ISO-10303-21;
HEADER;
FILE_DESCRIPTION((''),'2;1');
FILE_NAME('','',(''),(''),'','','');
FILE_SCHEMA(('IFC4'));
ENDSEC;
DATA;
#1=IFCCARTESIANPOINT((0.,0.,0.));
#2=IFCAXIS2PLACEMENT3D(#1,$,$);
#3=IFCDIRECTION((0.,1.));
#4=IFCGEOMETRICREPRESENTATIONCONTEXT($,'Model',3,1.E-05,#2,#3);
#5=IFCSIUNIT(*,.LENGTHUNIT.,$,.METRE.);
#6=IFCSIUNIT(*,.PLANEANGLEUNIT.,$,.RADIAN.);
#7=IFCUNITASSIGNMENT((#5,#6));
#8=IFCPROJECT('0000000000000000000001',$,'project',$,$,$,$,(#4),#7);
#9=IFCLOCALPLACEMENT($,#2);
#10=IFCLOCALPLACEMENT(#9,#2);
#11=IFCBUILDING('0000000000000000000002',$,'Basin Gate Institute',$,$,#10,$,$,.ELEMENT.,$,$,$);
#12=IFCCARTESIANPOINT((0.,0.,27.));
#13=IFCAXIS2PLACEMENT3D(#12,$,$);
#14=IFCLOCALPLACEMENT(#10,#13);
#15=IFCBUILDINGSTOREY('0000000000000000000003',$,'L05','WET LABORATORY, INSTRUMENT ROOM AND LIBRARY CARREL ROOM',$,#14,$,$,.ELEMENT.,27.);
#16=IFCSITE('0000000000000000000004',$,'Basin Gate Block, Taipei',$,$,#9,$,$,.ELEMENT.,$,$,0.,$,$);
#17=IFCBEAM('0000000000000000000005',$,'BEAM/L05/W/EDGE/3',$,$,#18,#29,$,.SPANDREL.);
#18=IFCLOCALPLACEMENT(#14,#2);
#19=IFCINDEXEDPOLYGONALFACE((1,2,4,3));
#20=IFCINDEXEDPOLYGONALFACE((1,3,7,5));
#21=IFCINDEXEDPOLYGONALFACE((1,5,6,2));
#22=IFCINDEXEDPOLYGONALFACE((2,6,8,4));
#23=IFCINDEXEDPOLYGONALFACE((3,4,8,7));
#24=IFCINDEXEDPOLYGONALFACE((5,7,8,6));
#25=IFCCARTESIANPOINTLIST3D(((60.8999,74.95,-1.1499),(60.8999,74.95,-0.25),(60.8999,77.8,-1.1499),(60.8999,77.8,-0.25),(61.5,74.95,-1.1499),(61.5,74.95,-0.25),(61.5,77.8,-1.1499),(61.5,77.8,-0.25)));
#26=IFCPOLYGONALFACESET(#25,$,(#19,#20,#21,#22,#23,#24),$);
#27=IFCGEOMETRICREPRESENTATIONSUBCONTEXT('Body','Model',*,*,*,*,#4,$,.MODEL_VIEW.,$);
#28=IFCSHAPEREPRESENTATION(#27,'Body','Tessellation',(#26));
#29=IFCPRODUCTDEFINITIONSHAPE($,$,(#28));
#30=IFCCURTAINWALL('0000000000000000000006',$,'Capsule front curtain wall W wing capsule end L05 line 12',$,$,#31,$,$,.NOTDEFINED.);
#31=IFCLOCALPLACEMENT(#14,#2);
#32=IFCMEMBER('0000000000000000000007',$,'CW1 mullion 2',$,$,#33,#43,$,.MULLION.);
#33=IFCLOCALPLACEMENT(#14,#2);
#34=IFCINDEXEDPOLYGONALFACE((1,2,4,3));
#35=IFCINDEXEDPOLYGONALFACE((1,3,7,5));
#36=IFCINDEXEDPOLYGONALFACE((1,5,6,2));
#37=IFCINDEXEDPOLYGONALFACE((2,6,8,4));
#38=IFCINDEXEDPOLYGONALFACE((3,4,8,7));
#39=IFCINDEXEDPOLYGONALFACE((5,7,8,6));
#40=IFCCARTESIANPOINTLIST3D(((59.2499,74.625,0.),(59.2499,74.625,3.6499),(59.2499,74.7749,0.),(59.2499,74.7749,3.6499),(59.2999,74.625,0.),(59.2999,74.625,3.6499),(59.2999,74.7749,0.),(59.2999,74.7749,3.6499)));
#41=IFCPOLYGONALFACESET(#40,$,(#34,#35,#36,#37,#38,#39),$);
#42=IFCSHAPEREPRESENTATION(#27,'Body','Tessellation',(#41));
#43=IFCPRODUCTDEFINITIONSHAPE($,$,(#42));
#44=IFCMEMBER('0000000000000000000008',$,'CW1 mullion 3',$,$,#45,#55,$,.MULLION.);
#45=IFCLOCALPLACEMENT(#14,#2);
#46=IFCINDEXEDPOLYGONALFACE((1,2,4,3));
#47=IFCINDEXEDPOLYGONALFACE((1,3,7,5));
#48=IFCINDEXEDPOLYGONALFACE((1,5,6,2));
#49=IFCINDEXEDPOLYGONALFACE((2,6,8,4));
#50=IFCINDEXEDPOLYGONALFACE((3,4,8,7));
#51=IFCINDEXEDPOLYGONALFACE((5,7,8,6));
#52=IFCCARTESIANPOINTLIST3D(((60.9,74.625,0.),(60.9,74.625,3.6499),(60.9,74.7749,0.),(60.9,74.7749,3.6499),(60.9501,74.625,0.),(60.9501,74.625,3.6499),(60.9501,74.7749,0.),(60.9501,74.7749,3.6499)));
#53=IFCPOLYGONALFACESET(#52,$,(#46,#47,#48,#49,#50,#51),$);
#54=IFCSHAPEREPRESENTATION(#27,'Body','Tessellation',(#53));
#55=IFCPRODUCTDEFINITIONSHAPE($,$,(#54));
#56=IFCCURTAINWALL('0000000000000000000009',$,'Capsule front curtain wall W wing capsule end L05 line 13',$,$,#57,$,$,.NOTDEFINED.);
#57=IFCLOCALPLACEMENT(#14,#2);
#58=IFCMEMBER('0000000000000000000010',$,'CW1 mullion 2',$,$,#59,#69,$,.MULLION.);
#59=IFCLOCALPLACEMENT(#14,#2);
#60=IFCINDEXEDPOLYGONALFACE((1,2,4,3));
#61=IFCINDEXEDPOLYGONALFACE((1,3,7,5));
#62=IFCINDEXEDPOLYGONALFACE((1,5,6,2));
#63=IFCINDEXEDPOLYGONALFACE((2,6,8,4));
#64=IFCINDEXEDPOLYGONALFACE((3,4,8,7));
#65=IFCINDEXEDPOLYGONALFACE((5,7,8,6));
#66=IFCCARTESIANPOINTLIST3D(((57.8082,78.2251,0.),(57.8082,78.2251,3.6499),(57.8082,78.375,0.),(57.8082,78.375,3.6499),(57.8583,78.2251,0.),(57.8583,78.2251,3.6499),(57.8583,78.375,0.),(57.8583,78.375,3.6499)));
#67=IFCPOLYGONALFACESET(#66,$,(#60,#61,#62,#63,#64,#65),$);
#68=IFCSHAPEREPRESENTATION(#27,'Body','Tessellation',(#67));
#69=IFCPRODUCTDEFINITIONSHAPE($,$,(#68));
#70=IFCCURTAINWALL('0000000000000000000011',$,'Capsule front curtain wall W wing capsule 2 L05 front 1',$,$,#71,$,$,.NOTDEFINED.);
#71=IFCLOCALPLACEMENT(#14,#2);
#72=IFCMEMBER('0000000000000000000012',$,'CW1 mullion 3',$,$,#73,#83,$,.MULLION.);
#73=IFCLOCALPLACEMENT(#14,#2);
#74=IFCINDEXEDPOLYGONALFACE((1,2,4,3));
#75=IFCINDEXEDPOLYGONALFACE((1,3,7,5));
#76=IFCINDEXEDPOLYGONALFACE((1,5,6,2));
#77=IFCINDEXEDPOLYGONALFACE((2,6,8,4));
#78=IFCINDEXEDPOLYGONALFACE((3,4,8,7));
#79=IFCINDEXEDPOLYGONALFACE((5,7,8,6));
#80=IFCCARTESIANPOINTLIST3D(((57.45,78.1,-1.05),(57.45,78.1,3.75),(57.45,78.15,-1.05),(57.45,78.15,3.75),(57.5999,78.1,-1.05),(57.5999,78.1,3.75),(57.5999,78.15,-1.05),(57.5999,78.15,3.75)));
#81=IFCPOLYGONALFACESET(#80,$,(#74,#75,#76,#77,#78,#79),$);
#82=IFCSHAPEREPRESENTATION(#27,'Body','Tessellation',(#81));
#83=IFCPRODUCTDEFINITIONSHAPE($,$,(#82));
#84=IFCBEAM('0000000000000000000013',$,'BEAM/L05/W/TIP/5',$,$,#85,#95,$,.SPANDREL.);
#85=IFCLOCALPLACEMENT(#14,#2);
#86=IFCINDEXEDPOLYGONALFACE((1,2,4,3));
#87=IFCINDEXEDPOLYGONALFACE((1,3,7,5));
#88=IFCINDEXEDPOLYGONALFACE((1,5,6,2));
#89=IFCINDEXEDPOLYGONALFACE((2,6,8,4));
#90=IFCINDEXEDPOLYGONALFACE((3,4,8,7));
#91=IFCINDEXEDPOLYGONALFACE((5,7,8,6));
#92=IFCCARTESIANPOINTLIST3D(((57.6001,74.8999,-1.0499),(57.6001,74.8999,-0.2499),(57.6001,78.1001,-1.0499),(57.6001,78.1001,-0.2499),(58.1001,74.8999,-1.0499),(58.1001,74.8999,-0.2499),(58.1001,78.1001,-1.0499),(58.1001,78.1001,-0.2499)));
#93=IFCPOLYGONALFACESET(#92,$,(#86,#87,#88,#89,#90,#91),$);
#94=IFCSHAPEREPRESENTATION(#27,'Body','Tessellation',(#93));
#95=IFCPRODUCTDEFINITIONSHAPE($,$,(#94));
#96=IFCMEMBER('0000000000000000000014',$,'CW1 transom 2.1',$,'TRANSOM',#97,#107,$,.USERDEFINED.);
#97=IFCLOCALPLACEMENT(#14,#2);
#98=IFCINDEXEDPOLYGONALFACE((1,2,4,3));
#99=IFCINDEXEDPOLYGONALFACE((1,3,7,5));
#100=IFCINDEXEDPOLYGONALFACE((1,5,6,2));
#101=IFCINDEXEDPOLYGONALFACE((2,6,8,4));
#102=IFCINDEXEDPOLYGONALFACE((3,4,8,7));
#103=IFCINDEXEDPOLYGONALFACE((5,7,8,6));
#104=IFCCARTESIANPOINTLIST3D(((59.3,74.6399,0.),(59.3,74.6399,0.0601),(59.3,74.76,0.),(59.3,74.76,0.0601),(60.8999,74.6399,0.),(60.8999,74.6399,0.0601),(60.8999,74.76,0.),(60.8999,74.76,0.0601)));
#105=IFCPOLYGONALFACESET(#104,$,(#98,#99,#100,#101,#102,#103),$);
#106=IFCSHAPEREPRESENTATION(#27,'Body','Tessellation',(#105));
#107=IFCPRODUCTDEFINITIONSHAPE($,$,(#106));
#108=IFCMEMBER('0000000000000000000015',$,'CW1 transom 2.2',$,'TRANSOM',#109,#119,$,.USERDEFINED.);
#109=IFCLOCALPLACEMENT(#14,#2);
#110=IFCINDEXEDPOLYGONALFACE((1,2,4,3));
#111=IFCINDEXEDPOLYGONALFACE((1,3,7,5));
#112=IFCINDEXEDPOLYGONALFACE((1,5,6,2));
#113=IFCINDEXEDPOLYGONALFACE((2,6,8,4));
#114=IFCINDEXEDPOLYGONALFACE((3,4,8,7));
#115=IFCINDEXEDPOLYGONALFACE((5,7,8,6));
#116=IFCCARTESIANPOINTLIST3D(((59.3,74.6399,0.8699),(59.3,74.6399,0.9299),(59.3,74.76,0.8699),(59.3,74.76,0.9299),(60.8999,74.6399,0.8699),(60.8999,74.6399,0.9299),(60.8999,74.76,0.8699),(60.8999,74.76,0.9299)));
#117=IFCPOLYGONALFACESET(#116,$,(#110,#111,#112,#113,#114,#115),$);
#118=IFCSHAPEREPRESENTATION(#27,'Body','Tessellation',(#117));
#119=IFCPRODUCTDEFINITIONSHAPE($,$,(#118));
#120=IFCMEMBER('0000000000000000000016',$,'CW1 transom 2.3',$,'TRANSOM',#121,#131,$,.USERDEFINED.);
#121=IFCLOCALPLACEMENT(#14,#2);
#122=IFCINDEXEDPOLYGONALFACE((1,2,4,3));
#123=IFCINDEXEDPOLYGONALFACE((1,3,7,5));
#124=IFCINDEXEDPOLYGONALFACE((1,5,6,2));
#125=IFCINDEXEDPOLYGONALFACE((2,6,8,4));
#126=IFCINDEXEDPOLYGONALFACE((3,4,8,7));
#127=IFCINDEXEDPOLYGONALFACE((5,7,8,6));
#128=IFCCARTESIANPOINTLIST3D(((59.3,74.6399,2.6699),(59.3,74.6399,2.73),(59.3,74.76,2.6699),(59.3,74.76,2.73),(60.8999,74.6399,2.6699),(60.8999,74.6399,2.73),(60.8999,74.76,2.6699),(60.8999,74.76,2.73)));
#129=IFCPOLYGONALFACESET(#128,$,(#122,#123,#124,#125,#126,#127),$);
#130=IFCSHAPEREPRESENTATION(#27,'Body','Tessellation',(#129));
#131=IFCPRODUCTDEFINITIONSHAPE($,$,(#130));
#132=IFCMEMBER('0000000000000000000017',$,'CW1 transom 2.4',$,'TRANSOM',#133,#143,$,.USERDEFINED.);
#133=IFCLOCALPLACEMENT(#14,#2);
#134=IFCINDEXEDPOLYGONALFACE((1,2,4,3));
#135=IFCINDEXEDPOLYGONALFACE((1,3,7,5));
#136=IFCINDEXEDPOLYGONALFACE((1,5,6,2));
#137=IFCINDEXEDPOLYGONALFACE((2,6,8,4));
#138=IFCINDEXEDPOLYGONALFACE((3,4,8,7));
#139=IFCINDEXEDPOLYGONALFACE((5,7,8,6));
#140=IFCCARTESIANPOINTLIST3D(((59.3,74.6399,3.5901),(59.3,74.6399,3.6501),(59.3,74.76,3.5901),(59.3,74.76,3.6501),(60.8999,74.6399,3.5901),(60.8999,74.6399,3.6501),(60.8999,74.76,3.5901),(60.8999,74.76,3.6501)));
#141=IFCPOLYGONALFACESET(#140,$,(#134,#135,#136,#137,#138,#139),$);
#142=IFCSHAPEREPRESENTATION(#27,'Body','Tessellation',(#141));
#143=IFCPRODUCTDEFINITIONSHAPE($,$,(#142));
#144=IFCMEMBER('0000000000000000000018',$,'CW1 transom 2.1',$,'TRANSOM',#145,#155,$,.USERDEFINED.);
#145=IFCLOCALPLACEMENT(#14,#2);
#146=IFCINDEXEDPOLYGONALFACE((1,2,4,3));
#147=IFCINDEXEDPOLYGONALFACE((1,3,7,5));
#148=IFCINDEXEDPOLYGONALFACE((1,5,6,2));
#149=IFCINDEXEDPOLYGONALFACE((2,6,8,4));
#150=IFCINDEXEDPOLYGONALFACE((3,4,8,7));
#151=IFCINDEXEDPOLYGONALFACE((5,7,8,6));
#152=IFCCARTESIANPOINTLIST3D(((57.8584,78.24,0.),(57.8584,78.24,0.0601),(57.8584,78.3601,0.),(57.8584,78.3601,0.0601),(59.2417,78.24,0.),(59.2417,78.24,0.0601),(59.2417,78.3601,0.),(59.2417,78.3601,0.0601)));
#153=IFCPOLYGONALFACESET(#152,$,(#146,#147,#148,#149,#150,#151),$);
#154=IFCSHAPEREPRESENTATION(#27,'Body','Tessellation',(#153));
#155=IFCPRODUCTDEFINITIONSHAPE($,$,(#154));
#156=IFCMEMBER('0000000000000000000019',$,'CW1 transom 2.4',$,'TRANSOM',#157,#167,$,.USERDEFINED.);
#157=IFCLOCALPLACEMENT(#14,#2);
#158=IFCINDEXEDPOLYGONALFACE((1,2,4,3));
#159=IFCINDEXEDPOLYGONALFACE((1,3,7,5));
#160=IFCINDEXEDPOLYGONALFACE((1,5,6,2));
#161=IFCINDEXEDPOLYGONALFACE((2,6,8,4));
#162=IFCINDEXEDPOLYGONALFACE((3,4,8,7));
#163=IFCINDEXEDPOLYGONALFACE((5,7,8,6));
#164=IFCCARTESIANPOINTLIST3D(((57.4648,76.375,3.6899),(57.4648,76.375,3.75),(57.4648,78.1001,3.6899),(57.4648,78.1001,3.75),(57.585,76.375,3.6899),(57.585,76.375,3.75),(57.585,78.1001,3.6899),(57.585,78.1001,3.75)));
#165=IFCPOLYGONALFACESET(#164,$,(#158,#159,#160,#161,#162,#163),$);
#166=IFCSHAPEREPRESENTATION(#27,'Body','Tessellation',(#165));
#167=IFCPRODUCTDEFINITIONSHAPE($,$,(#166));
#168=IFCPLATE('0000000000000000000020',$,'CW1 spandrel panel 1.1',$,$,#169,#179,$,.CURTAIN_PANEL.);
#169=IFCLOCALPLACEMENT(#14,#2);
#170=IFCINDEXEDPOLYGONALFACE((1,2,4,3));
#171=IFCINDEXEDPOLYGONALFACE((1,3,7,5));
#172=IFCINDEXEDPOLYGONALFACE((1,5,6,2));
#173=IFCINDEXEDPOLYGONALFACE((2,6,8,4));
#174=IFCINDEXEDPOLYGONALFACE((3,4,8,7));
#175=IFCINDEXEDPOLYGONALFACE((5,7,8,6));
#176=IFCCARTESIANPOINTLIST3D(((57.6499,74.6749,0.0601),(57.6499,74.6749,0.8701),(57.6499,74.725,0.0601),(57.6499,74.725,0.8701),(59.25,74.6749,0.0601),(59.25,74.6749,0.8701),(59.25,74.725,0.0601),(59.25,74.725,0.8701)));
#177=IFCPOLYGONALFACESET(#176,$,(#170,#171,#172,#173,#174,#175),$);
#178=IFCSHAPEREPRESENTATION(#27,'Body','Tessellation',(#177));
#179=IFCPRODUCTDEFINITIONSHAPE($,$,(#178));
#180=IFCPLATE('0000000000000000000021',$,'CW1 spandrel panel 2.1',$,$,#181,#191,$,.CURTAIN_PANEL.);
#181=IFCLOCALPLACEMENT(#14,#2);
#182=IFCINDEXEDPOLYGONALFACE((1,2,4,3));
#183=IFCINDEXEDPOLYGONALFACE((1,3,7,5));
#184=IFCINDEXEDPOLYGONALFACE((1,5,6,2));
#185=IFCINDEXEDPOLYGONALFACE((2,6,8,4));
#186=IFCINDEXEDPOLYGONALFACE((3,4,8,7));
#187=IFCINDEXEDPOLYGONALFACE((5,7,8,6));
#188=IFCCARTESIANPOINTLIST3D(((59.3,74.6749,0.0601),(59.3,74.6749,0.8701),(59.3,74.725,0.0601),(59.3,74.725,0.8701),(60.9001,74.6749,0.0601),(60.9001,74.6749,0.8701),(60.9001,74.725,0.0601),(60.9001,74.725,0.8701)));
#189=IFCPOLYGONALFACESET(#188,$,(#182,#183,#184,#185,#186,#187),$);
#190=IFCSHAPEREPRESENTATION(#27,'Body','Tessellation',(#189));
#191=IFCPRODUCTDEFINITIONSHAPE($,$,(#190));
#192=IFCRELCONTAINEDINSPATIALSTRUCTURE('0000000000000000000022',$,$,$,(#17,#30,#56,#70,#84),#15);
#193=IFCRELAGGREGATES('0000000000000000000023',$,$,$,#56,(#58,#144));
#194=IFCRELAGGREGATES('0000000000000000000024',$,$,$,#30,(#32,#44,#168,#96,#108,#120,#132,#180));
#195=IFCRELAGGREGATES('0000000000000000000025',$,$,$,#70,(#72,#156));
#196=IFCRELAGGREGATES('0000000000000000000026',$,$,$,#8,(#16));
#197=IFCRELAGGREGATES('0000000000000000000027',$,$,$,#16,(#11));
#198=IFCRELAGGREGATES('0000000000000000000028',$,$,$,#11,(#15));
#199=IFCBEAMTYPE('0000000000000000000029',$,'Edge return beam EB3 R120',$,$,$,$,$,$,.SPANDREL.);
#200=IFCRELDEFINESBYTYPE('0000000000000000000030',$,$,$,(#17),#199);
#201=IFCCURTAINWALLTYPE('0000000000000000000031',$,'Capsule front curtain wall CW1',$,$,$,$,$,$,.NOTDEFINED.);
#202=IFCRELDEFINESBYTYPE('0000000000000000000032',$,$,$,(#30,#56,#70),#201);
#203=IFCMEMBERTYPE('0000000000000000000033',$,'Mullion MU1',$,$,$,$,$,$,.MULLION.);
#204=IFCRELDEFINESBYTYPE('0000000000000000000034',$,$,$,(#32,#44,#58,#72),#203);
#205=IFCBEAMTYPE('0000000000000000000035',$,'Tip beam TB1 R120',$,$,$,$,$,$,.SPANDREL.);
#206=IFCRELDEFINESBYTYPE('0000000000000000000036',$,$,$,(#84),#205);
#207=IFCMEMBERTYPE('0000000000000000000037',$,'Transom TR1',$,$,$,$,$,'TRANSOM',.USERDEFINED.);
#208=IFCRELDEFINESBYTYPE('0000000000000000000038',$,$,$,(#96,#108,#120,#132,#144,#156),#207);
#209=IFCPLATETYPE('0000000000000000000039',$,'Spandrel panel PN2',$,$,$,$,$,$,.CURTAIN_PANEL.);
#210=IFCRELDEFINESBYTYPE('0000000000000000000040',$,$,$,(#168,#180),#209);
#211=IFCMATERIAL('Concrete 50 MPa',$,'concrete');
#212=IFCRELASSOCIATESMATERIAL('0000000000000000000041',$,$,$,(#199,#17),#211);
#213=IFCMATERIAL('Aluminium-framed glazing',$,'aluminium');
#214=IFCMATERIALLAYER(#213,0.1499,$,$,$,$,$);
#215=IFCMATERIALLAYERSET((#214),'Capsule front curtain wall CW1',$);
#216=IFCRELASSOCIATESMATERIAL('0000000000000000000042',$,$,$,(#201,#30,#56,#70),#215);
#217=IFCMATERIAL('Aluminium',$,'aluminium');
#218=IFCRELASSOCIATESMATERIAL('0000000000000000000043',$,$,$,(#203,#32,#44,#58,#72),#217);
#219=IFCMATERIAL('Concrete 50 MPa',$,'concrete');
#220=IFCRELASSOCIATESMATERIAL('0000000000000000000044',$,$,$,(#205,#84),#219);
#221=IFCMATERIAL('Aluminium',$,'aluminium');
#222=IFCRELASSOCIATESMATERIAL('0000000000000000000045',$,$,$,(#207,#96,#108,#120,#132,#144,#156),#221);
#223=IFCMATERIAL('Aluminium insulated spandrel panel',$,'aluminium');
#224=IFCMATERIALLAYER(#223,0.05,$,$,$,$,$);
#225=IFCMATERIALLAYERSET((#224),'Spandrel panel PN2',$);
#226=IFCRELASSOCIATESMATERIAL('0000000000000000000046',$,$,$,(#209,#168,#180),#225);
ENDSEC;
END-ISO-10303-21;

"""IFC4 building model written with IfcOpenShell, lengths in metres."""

from ifc_helpers import new_model, si_unit, direction, frame, origin, origin_2d, place, context, subcontext, project, spatial, rectangle, extrude, material, layer, layer_set, material_profile, profile_set, type_object, element, aggregate, save


model = new_model("IFC4")

# Units and contexts
model_context = context("Model", 3, precision=1e-05, world=origin(), true_north=direction((0.0, 1.0)))
body_context = subcontext(model_context, "Body", "Model", "MODEL_VIEW")
ifc_project = project(units=[si_unit("LENGTHUNIT", "METRE"), si_unit("PLANEANGLEUNIT", "RADIAN")], contexts=[model_context])

# Site, building, storey
site_placement = place(None, origin())
site = spatial("IfcSite", under=ifc_project, at=site_placement, Name="Basin Gate Block, Taipei", CompositionType="ELEMENT", RefElevation=0.0)
building_placement = place(site_placement, origin())
building = spatial("IfcBuilding", under=site, at=building_placement, Name="Basin Gate Institute", CompositionType="ELEMENT")
storey_placement = place(building_placement, frame((0.0, 0.0, 27.0)))
storey = spatial("IfcBuildingStorey", under=building, at=storey_placement, Name="L05", Description="WET LABORATORY, INSTRUMENT ROOM AND LIBRARY CARREL ROOM", CompositionType="ELEMENT", Elevation=27.0)

# Beam
ifc_material_1 = material(Name="Concrete 50 MPa", Category="concrete")
ifc_material_profile_1 = material_profile(ifc_material_1, rectangle(XDim=0.6001, YDim=0.8999, at=origin_2d()), Name="Edge return beam EB3 600 x 900")
ifc_profile_set_1 = profile_set([ifc_material_profile_1], Name="Concrete 50 MPa")
beam_type_1 = type_object("IfcBeamType", Name="Edge return beam EB3 R120", PredefinedType="SPANDREL", material=ifc_profile_set_1)
beam_1_placement = place(storey_placement, frame((61.2, 74.95, -0.7), z_axis=(0.0, 1.0, 0.0), x_axis=(-1.0, 0.0, 0.0)))
element("IfcBeam", 1, at=beam_1_placement, inside=storey, type_object=beam_type_1, material=ifc_profile_set_1, Name="BEAM/L05/W/EDGE/3", PredefinedType="SPANDREL", context=body_context, shape_type="SweptSolid", body=[
    extrude(rectangle(XDim=0.6001, YDim=0.8999, at=origin_2d()), origin(), (0.0, 0.0, 1.0), 2.8501),
])

# Curtain wall, members
ifc_material_2 = material(Name="Aluminium-framed glazing", Category="aluminium")
ifc_layer_1 = layer(ifc_material_2, 0.1499)
ifc_layer_set_1 = layer_set([ifc_layer_1], Name="Capsule front curtain wall CW1")
curtain_wall_type = type_object("IfcCurtainWallType", Name="Capsule front curtain wall CW1", PredefinedType="NOTDEFINED", material=ifc_layer_set_1)
curtain_wall_1_placement = place(storey_placement, origin())
curtain_wall_1 = element("IfcCurtainWall", 2, at=curtain_wall_1_placement, inside=storey, type_object=curtain_wall_type, material=ifc_layer_set_1, Name="Capsule front curtain wall W wing capsule end L05 line 12", PredefinedType="NOTDEFINED")
ifc_material_3 = material(Name="Aluminium", Category="aluminium")
ifc_material_profile_2 = material_profile(ifc_material_3, rectangle(XDim=0.1499, YDim=0.05, at=origin_2d()), Name="Mullion MU1 150 x 50")
ifc_profile_set_2 = profile_set([ifc_material_profile_2], Name="Aluminium")
member_type_1 = type_object("IfcMemberType", Name="Mullion MU1", PredefinedType="MULLION", material=ifc_profile_set_2)
member_1_placement = place(storey_placement, frame((59.2749, 74.7, 0.0), z_axis=(0.0, 0.0, 1.0), x_axis=(0.0, 1.0, 0.0)))
member_1 = element("IfcMember", 3, at=member_1_placement, type_object=member_type_1, material=ifc_profile_set_2, Name="CW1 mullion 2", PredefinedType="MULLION", context=body_context, shape_type="SweptSolid", body=[
    extrude(rectangle(XDim=0.1499, YDim=0.05, at=origin_2d()), origin(), (0.0, 0.0, 1.0), 3.6499),
])
member_2_placement = place(storey_placement, frame((60.925, 74.7, 0.0), z_axis=(0.0, 0.0, 1.0), x_axis=(0.0, 1.0, 0.0)))
member_2 = element("IfcMember", 4, at=member_2_placement, type_object=member_type_1, material=ifc_profile_set_2, Name="CW1 mullion 3", PredefinedType="MULLION", context=body_context, shape_type="SweptSolid", body=[
    extrude(rectangle(XDim=0.1499, YDim=0.05, at=origin_2d()), origin(), (0.0, 0.0, 1.0), 3.6499),
])

# Curtain walls, members
curtain_wall_2_placement = place(storey_placement, origin())
curtain_wall_2 = element("IfcCurtainWall", 5, at=curtain_wall_2_placement, inside=storey, type_object=curtain_wall_type, material=ifc_layer_set_1, Name="Capsule front curtain wall W wing capsule end L05 line 13", PredefinedType="NOTDEFINED")
member_3_placement = place(storey_placement, frame((57.8333, 78.3, 0.0), z_axis=(0.0, 0.0, 1.0), x_axis=(0.0, 1.0, 0.0)))
member_3 = element("IfcMember", 6, at=member_3_placement, type_object=member_type_1, material=ifc_profile_set_2, Name="CW1 mullion 2", PredefinedType="MULLION", context=body_context, shape_type="SweptSolid", body=[
    extrude(rectangle(XDim=0.1499, YDim=0.05, at=origin_2d()), origin(), (0.0, 0.0, 1.0), 3.6499),
])
curtain_wall_3_placement = place(storey_placement, origin())
curtain_wall_3 = element("IfcCurtainWall", 7, at=curtain_wall_3_placement, inside=storey, type_object=curtain_wall_type, material=ifc_layer_set_1, Name="Capsule front curtain wall W wing capsule 2 L05 front 1", PredefinedType="NOTDEFINED")
member_4_placement = place(storey_placement, frame((57.5249, 78.125, -1.05), z_axis=(0.0, 0.0, 1.0), x_axis=(-1.0, 0.0, 0.0)))
member_4 = element("IfcMember", 8, at=member_4_placement, type_object=member_type_1, material=ifc_profile_set_2, Name="CW1 mullion 3", PredefinedType="MULLION", context=body_context, shape_type="SweptSolid", body=[
    extrude(rectangle(XDim=0.1499, YDim=0.05, at=origin_2d()), origin(), (0.0, 0.0, 1.0), 4.8),
])

# Beam
ifc_material_4 = material(Name="Concrete 50 MPa", Category="concrete")
ifc_material_profile_3 = material_profile(ifc_material_4, rectangle(XDim=0.5, YDim=0.8, at=origin_2d()), Name="Tip beam TB1 500 x 800")
ifc_profile_set_3 = profile_set([ifc_material_profile_3], Name="Concrete 50 MPa")
beam_type_2 = type_object("IfcBeamType", Name="Tip beam TB1 R120", PredefinedType="SPANDREL", material=ifc_profile_set_3)
beam_2_placement = place(storey_placement, frame((57.8501, 74.8999, -0.6499), z_axis=(0.0, 1.0, 0.0), x_axis=(-1.0, 0.0, 0.0)))
element("IfcBeam", 9, at=beam_2_placement, inside=storey, type_object=beam_type_2, material=ifc_profile_set_3, Name="BEAM/L05/W/TIP/5", PredefinedType="SPANDREL", context=body_context, shape_type="SweptSolid", body=[
    extrude(rectangle(XDim=0.5, YDim=0.8, at=origin_2d()), origin(), (0.0, 0.0, 1.0), 3.2002),
])

# Members
ifc_material_5 = material(Name="Aluminium", Category="aluminium")
ifc_material_profile_4 = material_profile(ifc_material_5, rectangle(XDim=0.1201, YDim=0.0601, at=origin_2d()), Name="Transom TR1 120 x 60")
ifc_profile_set_4 = profile_set([ifc_material_profile_4], Name="Aluminium")
member_type_2 = type_object("IfcMemberType", Name="Transom TR1", ElementType="TRANSOM", PredefinedType="USERDEFINED", material=ifc_profile_set_4)
member_5_placement = place(storey_placement, frame((59.3, 74.7, 0.03), z_axis=(1.0, 0.0, 0.0), x_axis=(0.0, 1.0, 0.0)))
member_5 = element("IfcMember", 10, at=member_5_placement, type_object=member_type_2, material=ifc_profile_set_4, Name="CW1 transom 2.1", ObjectType="TRANSOM", PredefinedType="USERDEFINED", context=body_context, shape_type="SweptSolid", body=[
    extrude(rectangle(XDim=0.1201, YDim=0.0601, at=origin_2d()), origin(), (0.0, 0.0, 1.0), 1.5999),
])
member_6_placement = place(storey_placement, frame((59.3, 74.7, 0.8999), z_axis=(1.0, 0.0, 0.0), x_axis=(0.0, 1.0, 0.0)))
member_6 = element("IfcMember", 11, at=member_6_placement, type_object=member_type_2, material=ifc_profile_set_4, Name="CW1 transom 2.2", ObjectType="TRANSOM", PredefinedType="USERDEFINED", context=body_context, shape_type="SweptSolid", body=[
    extrude(rectangle(XDim=0.1201, YDim=0.0601, at=origin_2d()), origin(), (0.0, 0.0, 1.0), 1.5999),
])
member_7_placement = place(storey_placement, frame((59.3, 74.7, 2.7), z_axis=(1.0, 0.0, 0.0), x_axis=(0.0, 1.0, 0.0)))
member_7 = element("IfcMember", 12, at=member_7_placement, type_object=member_type_2, material=ifc_profile_set_4, Name="CW1 transom 2.3", ObjectType="TRANSOM", PredefinedType="USERDEFINED", context=body_context, shape_type="SweptSolid", body=[
    extrude(rectangle(XDim=0.1201, YDim=0.0601, at=origin_2d()), origin(), (0.0, 0.0, 1.0), 1.5999),
])
member_8_placement = place(storey_placement, frame((59.3, 74.7, 3.6201), z_axis=(1.0, 0.0, 0.0), x_axis=(0.0, 1.0, 0.0)))
member_8 = element("IfcMember", 13, at=member_8_placement, type_object=member_type_2, material=ifc_profile_set_4, Name="CW1 transom 2.4", ObjectType="TRANSOM", PredefinedType="USERDEFINED", context=body_context, shape_type="SweptSolid", body=[
    extrude(rectangle(XDim=0.1201, YDim=0.0601, at=origin_2d()), origin(), (0.0, 0.0, 1.0), 1.5999),
])
member_9_placement = place(storey_placement, frame((57.8584, 78.3, 0.03), z_axis=(1.0, 0.0, 0.0), x_axis=(0.0, 1.0, 0.0)))
member_9 = element("IfcMember", 14, at=member_9_placement, type_object=member_type_2, material=ifc_profile_set_4, Name="CW1 transom 2.1", ObjectType="TRANSOM", PredefinedType="USERDEFINED", context=body_context, shape_type="SweptSolid", body=[
    extrude(rectangle(XDim=0.1201, YDim=0.0601, at=origin_2d()), origin(), (0.0, 0.0, 1.0), 1.3833),
])
aggregate(curtain_wall_2, [member_3, member_9])
member_10_placement = place(storey_placement, frame((57.5249, 76.375, 3.72), z_axis=(0.0, 1.0, 0.0), x_axis=(-1.0, 0.0, 0.0)))
member_10 = element("IfcMember", 15, at=member_10_placement, type_object=member_type_2, material=ifc_profile_set_4, Name="CW1 transom 2.4", ObjectType="TRANSOM", PredefinedType="USERDEFINED", context=body_context, shape_type="SweptSolid", body=[
    extrude(rectangle(XDim=0.1201, YDim=0.0601, at=origin_2d()), origin(), (0.0, 0.0, 1.0), 1.7251),
])

# Plates
ifc_material_6 = material(Name="Aluminium insulated spandrel panel", Category="aluminium")
ifc_layer_2 = layer(ifc_material_6, 0.05)
ifc_layer_set_2 = layer_set([ifc_layer_2], Name="Spandrel panel PN2")
plate_type_1 = type_object("IfcPlateType", Name="Spandrel panel PN2", PredefinedType="CURTAIN_PANEL", material=ifc_layer_set_2)
plate_1_placement = place(storey_placement, frame((58.45, 74.7, 0.0601), z_axis=(0.0, 0.0, 1.0), x_axis=(1.0, 0.0, 0.0)))
plate_1 = element("IfcPlate", 16, at=plate_1_placement, type_object=plate_type_1, material=ifc_layer_set_2, Name="CW1 spandrel panel 1.1", PredefinedType="CURTAIN_PANEL", context=body_context, shape_type="SweptSolid", body=[
    extrude(rectangle(XDim=1.6001, YDim=0.05, at=origin_2d()), origin(), (0.0, 0.0, 1.0), 0.8101),
])
plate_2_placement = place(storey_placement, frame((60.1001, 74.7, 0.0601), z_axis=(0.0, 0.0, 1.0), x_axis=(1.0, 0.0, 0.0)))
plate_2 = element("IfcPlate", 17, at=plate_2_placement, type_object=plate_type_1, material=ifc_layer_set_2, Name="CW1 spandrel panel 2.1", PredefinedType="CURTAIN_PANEL", context=body_context, shape_type="SweptSolid", body=[
    extrude(rectangle(XDim=1.6001, YDim=0.05, at=origin_2d()), origin(), (0.0, 0.0, 1.0), 0.8101),
])
aggregate(curtain_wall_1, [member_1, member_2, plate_1, member_5, member_6, member_7, member_8, plate_2])
aggregate(curtain_wall_3, [member_4, member_10])

save(model, "model.ifc")
